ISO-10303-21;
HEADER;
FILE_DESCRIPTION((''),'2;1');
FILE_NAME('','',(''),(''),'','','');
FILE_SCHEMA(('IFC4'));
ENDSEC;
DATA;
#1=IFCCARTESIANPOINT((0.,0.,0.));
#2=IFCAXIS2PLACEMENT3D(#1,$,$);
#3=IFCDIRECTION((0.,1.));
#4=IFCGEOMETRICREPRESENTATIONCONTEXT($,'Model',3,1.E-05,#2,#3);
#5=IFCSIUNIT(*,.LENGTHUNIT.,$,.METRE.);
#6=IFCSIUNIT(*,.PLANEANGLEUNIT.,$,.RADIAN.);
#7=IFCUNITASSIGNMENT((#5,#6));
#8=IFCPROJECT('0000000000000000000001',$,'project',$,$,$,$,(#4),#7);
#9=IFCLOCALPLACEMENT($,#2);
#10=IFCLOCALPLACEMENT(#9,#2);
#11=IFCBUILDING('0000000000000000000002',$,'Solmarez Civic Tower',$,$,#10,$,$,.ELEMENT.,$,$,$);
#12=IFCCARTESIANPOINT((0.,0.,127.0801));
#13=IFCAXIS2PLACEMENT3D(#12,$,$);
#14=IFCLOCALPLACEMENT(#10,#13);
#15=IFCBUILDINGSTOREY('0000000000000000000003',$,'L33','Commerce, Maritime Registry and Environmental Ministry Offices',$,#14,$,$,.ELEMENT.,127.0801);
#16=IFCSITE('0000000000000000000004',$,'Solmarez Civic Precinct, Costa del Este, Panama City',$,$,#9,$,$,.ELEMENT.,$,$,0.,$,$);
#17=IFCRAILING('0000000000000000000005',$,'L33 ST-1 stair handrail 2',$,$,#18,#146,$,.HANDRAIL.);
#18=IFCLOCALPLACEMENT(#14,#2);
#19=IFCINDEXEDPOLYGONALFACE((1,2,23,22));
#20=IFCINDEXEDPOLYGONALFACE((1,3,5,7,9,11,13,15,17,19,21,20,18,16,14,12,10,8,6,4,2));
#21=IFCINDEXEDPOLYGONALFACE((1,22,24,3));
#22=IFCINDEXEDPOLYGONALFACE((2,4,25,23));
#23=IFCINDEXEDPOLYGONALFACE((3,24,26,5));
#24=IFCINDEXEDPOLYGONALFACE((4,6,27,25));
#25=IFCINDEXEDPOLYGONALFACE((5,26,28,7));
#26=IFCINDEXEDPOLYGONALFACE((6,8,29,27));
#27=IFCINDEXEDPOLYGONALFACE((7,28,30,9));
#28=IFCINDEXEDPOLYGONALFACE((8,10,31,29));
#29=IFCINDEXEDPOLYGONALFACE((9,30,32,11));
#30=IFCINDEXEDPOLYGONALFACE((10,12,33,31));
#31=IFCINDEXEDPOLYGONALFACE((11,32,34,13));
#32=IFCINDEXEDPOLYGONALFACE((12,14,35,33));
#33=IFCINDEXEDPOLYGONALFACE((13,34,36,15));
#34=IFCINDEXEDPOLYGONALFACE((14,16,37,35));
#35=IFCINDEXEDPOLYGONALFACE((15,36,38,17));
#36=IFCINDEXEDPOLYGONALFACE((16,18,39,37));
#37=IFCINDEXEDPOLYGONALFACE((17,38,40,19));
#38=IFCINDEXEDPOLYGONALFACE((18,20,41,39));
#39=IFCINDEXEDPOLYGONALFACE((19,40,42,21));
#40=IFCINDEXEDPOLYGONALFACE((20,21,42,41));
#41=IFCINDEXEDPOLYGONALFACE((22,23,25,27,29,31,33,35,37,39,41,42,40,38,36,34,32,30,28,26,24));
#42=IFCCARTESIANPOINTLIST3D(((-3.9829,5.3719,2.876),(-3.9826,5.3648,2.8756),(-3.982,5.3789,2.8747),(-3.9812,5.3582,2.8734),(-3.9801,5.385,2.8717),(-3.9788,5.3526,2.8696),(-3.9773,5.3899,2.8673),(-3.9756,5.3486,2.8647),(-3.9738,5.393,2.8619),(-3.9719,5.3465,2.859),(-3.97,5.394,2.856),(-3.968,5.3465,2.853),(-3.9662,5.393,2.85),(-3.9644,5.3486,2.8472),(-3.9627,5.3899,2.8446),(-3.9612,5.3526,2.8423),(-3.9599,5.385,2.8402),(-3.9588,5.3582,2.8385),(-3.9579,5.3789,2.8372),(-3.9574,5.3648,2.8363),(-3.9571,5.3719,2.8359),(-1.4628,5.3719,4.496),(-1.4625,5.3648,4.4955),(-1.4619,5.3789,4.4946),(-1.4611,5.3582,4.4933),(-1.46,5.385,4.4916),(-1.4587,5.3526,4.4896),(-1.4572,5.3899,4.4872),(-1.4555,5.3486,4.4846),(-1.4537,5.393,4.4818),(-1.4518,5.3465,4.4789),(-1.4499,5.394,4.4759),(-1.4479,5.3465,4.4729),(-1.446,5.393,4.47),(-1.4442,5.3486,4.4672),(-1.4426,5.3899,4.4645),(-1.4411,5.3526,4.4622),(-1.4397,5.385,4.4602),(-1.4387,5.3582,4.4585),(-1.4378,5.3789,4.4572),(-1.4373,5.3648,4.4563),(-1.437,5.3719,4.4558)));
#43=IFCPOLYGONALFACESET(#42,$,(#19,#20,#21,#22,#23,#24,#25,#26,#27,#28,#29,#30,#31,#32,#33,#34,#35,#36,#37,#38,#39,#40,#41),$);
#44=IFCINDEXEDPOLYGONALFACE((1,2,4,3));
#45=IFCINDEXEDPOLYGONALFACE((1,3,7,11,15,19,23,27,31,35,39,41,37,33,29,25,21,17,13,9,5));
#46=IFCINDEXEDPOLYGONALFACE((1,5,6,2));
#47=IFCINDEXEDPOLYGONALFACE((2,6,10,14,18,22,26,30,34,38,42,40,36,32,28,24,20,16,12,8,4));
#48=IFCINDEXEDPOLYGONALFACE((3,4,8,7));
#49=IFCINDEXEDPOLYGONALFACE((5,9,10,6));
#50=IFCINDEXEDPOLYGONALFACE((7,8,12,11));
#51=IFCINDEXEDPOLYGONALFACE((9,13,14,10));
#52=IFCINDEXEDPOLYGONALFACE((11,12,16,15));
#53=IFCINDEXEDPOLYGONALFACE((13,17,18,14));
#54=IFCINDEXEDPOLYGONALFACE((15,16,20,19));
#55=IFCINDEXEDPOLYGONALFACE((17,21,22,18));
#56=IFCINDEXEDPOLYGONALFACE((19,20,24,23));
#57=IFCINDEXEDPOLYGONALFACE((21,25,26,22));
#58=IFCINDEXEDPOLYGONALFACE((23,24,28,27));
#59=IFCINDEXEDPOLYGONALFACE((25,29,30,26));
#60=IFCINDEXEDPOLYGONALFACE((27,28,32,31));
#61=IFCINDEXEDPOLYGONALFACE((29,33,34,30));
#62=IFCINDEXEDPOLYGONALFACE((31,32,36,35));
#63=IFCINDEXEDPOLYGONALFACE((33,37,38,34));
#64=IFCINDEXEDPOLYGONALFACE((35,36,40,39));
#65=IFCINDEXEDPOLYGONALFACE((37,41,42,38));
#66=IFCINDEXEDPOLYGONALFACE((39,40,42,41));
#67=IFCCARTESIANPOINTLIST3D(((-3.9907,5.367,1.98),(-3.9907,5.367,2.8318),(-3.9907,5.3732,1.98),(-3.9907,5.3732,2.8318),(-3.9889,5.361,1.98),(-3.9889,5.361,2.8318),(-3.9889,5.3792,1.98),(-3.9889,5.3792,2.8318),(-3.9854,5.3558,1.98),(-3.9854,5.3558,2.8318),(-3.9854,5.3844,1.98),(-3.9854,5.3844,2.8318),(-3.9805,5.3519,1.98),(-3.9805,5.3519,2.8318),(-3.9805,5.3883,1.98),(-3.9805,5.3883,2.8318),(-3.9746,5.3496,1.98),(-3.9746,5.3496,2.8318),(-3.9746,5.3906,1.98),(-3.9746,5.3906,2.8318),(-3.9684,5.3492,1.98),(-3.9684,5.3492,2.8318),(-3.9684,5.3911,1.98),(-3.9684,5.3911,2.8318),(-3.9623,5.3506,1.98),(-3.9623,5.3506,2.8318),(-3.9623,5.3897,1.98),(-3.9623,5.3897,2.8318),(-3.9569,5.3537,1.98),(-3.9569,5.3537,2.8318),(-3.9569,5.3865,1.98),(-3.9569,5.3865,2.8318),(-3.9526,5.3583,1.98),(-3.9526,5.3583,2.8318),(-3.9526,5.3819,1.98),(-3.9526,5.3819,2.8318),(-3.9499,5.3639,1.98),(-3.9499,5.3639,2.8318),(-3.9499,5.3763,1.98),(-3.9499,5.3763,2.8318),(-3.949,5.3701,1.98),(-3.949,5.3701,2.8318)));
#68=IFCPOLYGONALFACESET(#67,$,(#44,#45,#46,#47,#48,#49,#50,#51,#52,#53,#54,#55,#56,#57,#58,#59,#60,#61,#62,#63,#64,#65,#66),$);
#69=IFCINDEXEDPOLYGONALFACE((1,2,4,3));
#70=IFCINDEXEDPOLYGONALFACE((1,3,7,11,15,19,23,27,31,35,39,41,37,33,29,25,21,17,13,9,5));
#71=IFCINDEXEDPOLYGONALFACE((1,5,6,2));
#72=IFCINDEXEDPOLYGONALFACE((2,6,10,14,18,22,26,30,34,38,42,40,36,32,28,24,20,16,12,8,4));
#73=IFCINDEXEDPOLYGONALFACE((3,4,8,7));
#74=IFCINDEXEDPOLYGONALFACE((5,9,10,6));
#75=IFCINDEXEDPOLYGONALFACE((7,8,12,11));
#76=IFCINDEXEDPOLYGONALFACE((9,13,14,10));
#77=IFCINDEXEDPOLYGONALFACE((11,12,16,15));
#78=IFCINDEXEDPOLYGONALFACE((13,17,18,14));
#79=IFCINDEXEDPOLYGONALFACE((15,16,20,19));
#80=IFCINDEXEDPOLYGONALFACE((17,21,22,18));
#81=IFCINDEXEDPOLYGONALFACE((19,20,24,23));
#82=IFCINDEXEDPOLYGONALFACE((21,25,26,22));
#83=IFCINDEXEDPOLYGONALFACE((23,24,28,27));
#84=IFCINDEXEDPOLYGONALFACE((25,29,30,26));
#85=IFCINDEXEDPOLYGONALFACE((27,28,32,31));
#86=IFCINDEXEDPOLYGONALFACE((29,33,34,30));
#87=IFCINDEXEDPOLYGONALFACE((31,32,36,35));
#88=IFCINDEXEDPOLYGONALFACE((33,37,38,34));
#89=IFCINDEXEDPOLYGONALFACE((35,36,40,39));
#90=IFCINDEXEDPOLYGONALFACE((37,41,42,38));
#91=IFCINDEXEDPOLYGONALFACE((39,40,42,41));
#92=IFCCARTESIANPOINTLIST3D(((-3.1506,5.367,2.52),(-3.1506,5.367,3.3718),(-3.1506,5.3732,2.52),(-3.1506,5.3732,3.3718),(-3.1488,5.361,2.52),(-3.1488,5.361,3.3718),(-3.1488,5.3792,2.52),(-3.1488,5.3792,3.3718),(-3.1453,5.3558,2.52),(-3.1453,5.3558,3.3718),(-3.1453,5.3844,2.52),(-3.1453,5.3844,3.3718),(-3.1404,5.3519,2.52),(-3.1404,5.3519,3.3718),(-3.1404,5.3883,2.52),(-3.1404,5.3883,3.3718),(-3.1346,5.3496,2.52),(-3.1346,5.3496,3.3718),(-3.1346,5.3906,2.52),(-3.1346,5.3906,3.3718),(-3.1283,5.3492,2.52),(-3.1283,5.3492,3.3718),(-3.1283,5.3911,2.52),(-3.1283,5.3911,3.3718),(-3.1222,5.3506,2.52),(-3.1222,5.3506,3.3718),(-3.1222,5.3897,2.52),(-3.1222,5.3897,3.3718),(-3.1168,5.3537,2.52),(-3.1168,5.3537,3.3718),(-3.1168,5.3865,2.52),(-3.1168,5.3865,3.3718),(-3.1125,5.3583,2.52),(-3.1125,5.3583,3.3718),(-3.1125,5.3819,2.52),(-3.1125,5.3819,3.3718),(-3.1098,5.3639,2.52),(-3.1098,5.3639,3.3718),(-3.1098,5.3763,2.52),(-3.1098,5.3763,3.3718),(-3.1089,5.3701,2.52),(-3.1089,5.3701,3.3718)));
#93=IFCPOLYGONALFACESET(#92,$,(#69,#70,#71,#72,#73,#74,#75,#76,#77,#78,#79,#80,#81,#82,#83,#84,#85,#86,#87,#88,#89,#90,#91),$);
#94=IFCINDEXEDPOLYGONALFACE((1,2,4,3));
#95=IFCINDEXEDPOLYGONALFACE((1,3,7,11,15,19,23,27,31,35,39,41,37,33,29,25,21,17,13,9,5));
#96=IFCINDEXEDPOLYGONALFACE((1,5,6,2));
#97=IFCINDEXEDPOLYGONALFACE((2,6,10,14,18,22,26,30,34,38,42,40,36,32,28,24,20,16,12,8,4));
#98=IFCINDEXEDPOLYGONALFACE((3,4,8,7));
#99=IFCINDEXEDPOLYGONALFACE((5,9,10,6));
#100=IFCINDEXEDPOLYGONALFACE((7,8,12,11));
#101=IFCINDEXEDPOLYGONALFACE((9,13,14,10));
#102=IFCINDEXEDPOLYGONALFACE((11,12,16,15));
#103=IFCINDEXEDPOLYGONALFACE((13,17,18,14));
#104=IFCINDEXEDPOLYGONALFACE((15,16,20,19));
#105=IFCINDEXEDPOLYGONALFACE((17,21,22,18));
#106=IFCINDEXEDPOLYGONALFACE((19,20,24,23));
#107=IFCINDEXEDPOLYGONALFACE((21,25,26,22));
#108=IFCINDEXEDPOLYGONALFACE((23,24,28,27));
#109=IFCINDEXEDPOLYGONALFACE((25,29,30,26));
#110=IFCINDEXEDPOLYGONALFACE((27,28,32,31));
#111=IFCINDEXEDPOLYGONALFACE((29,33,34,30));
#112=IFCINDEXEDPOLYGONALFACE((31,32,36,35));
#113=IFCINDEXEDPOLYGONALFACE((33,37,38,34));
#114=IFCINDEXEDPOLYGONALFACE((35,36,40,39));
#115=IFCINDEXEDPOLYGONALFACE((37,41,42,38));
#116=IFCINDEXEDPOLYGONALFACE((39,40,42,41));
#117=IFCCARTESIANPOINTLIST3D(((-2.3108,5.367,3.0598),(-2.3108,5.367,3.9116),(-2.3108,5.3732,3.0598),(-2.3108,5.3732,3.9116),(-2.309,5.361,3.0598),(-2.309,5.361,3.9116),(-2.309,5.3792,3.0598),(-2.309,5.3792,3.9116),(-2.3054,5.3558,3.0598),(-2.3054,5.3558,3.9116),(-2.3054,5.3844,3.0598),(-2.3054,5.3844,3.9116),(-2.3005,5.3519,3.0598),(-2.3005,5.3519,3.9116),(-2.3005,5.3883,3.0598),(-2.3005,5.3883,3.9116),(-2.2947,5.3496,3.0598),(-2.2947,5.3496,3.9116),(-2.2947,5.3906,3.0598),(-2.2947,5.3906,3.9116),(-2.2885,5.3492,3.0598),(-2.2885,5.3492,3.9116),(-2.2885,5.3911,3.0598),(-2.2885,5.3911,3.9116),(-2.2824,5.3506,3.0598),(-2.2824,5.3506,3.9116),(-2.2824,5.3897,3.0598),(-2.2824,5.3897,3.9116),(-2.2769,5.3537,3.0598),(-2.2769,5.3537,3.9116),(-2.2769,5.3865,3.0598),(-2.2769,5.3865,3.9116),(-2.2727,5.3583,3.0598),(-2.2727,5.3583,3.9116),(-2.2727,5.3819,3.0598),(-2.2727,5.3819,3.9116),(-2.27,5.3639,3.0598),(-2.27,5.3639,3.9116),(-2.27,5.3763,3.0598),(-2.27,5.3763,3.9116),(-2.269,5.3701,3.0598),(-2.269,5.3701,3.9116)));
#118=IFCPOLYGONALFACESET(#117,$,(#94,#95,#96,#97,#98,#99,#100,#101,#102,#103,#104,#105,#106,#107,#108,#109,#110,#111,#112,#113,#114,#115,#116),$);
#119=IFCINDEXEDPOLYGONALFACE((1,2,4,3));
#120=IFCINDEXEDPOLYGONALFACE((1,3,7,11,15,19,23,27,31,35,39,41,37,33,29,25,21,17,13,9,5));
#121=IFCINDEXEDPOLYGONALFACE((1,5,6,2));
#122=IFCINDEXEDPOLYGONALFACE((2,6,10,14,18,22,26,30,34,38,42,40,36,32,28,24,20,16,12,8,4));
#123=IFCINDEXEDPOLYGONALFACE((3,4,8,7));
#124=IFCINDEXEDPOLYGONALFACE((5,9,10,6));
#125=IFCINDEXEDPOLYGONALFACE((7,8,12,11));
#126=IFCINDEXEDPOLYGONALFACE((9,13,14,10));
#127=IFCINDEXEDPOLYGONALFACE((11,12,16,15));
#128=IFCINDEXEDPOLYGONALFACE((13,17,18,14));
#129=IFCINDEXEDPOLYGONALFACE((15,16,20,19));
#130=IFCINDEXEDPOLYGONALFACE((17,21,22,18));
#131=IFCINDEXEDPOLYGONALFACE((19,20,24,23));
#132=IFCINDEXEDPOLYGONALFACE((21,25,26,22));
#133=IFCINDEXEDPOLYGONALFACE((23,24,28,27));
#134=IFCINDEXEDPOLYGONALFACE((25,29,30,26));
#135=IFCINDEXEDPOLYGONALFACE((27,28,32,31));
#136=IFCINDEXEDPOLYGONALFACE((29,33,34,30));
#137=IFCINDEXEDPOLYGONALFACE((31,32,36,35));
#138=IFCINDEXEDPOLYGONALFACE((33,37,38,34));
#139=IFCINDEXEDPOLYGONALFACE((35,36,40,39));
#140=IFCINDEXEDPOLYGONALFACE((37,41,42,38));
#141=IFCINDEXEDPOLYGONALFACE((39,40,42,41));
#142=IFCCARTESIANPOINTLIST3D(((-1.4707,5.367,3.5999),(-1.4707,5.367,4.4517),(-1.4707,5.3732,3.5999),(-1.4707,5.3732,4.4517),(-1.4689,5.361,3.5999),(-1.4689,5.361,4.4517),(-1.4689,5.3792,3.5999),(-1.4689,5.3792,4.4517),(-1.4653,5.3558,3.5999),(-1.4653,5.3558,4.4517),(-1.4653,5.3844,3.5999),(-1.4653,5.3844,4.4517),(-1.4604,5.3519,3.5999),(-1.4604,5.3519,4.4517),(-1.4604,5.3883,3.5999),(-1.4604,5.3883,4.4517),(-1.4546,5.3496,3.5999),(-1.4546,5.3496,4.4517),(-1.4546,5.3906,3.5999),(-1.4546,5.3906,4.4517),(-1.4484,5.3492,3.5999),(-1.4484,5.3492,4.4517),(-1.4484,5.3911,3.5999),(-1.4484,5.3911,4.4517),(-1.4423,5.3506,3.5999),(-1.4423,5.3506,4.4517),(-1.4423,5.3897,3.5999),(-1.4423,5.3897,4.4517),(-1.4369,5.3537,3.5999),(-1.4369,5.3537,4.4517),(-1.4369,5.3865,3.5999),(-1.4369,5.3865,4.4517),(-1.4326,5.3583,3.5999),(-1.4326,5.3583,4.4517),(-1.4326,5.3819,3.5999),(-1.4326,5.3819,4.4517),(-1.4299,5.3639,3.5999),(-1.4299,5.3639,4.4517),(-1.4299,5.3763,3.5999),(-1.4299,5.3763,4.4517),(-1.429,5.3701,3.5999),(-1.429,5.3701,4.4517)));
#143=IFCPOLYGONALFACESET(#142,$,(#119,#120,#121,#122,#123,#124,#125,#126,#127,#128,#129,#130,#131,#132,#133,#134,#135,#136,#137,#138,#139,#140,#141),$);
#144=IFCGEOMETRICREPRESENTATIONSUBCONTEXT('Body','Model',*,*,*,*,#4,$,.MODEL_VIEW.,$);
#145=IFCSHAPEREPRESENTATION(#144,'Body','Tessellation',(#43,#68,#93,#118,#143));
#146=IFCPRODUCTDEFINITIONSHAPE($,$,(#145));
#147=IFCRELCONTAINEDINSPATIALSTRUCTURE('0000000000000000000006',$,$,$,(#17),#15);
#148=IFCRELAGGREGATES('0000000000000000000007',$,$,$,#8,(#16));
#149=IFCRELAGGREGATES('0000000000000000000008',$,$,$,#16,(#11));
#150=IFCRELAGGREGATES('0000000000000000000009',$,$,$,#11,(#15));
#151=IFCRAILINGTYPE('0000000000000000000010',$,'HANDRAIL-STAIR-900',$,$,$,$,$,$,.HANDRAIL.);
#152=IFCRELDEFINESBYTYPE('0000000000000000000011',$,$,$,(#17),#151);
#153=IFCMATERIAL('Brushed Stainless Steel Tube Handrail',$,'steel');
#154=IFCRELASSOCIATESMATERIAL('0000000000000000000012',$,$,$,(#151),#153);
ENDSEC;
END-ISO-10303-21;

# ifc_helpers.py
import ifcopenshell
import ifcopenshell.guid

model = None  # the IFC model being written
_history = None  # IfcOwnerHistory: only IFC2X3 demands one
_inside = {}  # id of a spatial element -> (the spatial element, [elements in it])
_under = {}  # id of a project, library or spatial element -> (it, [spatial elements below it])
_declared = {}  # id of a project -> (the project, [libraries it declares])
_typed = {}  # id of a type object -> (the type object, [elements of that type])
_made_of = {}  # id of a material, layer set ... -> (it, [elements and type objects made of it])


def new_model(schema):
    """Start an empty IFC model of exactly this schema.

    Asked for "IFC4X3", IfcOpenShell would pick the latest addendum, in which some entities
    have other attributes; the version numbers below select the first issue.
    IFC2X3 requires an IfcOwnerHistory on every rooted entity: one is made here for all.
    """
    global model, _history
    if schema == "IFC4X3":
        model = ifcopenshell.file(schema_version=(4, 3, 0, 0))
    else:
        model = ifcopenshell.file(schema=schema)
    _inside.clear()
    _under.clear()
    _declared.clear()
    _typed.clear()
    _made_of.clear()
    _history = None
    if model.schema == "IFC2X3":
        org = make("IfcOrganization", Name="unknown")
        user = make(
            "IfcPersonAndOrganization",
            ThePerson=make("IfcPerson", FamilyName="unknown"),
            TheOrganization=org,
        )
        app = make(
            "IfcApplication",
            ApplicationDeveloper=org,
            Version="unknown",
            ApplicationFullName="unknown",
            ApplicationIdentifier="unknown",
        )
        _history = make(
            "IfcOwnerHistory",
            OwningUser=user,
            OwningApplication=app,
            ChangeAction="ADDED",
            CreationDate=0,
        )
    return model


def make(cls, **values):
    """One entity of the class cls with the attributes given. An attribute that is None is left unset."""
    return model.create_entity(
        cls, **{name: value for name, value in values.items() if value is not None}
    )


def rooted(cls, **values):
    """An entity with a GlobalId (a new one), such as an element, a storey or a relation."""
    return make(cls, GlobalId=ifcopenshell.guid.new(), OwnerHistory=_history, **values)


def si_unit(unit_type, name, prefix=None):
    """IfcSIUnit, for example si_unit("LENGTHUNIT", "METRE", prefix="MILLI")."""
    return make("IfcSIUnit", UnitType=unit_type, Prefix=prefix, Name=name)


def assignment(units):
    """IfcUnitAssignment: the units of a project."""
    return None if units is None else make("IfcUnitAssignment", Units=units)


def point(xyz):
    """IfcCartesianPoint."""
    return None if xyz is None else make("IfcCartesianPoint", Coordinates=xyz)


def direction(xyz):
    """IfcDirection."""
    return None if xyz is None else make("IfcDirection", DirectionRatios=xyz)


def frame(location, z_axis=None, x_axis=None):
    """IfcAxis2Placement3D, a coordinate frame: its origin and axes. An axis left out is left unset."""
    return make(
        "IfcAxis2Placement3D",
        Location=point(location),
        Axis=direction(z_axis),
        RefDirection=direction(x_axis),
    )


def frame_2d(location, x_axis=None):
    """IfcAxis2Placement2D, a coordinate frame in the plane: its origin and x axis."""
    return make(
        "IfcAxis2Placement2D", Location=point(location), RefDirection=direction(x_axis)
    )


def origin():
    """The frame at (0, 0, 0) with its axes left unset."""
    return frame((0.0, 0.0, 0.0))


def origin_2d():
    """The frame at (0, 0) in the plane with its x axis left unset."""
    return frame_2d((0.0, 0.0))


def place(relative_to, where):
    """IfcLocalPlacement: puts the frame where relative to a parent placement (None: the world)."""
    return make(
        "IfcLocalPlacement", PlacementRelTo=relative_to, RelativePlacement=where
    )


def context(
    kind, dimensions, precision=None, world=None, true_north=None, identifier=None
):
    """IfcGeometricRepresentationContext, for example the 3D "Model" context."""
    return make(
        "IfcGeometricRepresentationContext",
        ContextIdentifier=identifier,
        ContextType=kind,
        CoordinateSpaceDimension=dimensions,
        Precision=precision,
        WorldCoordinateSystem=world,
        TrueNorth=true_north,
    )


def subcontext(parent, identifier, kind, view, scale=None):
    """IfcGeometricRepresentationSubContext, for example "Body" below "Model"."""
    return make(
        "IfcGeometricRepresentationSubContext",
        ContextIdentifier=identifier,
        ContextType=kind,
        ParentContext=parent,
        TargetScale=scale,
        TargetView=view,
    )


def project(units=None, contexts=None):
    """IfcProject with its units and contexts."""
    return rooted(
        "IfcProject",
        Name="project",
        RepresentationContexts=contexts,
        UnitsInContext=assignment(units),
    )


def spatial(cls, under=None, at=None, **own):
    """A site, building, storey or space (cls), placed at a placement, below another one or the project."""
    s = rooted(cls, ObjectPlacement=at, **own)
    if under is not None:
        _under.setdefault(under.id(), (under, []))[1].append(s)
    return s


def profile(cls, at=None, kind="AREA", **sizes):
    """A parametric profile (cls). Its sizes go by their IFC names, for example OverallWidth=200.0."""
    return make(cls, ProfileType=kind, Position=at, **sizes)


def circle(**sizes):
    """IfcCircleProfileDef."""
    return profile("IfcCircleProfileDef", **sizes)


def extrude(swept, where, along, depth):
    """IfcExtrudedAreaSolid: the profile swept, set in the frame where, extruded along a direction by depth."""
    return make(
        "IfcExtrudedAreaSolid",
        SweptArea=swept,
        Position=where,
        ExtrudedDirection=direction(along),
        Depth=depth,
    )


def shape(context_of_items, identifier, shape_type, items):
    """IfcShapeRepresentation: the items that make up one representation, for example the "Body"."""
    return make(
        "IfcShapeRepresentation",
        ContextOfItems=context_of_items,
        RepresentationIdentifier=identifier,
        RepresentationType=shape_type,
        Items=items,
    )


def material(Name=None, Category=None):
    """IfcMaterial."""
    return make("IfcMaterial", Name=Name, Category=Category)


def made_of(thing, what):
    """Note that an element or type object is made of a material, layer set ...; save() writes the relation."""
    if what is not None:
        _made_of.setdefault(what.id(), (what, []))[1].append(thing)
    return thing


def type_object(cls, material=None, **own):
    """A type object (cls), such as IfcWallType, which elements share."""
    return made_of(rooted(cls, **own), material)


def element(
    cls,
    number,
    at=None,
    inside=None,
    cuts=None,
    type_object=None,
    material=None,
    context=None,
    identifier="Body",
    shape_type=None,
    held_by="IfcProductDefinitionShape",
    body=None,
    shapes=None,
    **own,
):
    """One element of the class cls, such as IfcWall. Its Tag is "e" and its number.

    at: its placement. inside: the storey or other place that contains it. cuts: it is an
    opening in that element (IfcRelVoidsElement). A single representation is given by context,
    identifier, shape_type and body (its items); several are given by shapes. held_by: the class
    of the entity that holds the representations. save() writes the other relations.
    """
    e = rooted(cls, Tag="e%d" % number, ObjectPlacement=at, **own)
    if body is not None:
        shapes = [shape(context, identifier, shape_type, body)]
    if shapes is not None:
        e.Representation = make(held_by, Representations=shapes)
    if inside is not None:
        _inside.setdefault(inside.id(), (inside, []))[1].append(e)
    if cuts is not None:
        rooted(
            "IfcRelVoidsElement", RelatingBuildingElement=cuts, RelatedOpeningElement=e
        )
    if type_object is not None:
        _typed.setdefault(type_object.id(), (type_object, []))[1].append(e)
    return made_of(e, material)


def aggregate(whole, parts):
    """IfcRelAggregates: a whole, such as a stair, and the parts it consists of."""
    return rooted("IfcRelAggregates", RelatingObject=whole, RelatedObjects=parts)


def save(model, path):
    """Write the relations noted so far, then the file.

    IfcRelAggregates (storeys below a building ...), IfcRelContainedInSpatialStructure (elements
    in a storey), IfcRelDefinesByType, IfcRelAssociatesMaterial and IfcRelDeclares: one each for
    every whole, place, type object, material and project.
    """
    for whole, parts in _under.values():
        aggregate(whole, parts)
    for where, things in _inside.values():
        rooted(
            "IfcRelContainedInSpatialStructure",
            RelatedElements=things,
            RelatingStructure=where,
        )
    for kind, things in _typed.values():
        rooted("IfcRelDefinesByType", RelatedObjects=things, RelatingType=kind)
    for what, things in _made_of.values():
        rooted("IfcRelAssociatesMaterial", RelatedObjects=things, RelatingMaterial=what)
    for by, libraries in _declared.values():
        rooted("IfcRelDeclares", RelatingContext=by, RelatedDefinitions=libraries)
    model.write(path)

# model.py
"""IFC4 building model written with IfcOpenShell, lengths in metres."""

from ifc_helpers import new_model, si_unit, direction, frame, origin, origin_2d, place, context, subcontext, project, spatial, circle, extrude, material, type_object, element, save


model = new_model("IFC4")

# Units and contexts
model_context = context("Model", 3, precision=1e-05, world=origin(), true_north=direction((0.0, 1.0)))
body_context = subcontext(model_context, "Body", "Model", "MODEL_VIEW")
ifc_project = project(units=[si_unit("LENGTHUNIT", "METRE"), si_unit("PLANEANGLEUNIT", "RADIAN")], contexts=[model_context])

# Site, building, storey
site_placement = place(None, origin())
site = spatial("IfcSite", under=ifc_project, at=site_placement, Name="Solmarez Civic Precinct, Costa del Este, Panama City", CompositionType="ELEMENT", RefElevation=0.0)
building_placement = place(site_placement, origin())
building = spatial("IfcBuilding", under=site, at=building_placement, Name="Solmarez Civic Tower", CompositionType="ELEMENT")
storey_placement = place(building_placement, frame((0.0, 0.0, 127.0801)))
storey = spatial("IfcBuildingStorey", under=building, at=storey_placement, Name="L33", Description="Commerce, Maritime Registry and Environmental Ministry Offices", CompositionType="ELEMENT", Elevation=127.0801)

# Railing
ifc_material_1 = material(Name="Brushed Stainless Steel Tube Handrail", Category="steel")
railing_type_1 = type_object("IfcRailingType", Name="HANDRAIL-STAIR-900", PredefinedType="HANDRAIL", material=ifc_material_1)
railing_1_placement = place(storey_placement, frame((-3.97, 5.3701, 1.98)))
element("IfcRailing", 1, at=railing_1_placement, inside=storey, type_object=railing_type_1, Name="L33 ST-1 stair handrail 2", PredefinedType="HANDRAIL", context=body_context, shape_type="SweptSolid", body=[
    extrude(circle(Radius=0.0239, at=origin_2d()), frame((0.0, 0.0, 0.876), z_axis=(0.8412, 0.0, 0.540725), x_axis=(0.0, 1.0, 0.0)), (0.0, 0.0, 1.0), 2.9958),
    extrude(circle(Radius=0.021, at=origin_2d()), origin(), (0.0, 0.0, 1.0), 0.8518),
    extrude(circle(Radius=0.021, at=origin_2d()), frame((0.8401, 0.0, 0.54)), (0.0, 0.0, 1.0), 0.8518),
    extrude(circle(Radius=0.021, at=origin_2d()), frame((1.6799, 0.0, 1.0798)), (0.0, 0.0, 1.0), 0.8518),
    extrude(circle(Radius=0.021, at=origin_2d()), frame((2.52, 0.0, 1.6199)), (0.0, 0.0, 1.0), 0.8518),
])

save(model, "model.ifc")
